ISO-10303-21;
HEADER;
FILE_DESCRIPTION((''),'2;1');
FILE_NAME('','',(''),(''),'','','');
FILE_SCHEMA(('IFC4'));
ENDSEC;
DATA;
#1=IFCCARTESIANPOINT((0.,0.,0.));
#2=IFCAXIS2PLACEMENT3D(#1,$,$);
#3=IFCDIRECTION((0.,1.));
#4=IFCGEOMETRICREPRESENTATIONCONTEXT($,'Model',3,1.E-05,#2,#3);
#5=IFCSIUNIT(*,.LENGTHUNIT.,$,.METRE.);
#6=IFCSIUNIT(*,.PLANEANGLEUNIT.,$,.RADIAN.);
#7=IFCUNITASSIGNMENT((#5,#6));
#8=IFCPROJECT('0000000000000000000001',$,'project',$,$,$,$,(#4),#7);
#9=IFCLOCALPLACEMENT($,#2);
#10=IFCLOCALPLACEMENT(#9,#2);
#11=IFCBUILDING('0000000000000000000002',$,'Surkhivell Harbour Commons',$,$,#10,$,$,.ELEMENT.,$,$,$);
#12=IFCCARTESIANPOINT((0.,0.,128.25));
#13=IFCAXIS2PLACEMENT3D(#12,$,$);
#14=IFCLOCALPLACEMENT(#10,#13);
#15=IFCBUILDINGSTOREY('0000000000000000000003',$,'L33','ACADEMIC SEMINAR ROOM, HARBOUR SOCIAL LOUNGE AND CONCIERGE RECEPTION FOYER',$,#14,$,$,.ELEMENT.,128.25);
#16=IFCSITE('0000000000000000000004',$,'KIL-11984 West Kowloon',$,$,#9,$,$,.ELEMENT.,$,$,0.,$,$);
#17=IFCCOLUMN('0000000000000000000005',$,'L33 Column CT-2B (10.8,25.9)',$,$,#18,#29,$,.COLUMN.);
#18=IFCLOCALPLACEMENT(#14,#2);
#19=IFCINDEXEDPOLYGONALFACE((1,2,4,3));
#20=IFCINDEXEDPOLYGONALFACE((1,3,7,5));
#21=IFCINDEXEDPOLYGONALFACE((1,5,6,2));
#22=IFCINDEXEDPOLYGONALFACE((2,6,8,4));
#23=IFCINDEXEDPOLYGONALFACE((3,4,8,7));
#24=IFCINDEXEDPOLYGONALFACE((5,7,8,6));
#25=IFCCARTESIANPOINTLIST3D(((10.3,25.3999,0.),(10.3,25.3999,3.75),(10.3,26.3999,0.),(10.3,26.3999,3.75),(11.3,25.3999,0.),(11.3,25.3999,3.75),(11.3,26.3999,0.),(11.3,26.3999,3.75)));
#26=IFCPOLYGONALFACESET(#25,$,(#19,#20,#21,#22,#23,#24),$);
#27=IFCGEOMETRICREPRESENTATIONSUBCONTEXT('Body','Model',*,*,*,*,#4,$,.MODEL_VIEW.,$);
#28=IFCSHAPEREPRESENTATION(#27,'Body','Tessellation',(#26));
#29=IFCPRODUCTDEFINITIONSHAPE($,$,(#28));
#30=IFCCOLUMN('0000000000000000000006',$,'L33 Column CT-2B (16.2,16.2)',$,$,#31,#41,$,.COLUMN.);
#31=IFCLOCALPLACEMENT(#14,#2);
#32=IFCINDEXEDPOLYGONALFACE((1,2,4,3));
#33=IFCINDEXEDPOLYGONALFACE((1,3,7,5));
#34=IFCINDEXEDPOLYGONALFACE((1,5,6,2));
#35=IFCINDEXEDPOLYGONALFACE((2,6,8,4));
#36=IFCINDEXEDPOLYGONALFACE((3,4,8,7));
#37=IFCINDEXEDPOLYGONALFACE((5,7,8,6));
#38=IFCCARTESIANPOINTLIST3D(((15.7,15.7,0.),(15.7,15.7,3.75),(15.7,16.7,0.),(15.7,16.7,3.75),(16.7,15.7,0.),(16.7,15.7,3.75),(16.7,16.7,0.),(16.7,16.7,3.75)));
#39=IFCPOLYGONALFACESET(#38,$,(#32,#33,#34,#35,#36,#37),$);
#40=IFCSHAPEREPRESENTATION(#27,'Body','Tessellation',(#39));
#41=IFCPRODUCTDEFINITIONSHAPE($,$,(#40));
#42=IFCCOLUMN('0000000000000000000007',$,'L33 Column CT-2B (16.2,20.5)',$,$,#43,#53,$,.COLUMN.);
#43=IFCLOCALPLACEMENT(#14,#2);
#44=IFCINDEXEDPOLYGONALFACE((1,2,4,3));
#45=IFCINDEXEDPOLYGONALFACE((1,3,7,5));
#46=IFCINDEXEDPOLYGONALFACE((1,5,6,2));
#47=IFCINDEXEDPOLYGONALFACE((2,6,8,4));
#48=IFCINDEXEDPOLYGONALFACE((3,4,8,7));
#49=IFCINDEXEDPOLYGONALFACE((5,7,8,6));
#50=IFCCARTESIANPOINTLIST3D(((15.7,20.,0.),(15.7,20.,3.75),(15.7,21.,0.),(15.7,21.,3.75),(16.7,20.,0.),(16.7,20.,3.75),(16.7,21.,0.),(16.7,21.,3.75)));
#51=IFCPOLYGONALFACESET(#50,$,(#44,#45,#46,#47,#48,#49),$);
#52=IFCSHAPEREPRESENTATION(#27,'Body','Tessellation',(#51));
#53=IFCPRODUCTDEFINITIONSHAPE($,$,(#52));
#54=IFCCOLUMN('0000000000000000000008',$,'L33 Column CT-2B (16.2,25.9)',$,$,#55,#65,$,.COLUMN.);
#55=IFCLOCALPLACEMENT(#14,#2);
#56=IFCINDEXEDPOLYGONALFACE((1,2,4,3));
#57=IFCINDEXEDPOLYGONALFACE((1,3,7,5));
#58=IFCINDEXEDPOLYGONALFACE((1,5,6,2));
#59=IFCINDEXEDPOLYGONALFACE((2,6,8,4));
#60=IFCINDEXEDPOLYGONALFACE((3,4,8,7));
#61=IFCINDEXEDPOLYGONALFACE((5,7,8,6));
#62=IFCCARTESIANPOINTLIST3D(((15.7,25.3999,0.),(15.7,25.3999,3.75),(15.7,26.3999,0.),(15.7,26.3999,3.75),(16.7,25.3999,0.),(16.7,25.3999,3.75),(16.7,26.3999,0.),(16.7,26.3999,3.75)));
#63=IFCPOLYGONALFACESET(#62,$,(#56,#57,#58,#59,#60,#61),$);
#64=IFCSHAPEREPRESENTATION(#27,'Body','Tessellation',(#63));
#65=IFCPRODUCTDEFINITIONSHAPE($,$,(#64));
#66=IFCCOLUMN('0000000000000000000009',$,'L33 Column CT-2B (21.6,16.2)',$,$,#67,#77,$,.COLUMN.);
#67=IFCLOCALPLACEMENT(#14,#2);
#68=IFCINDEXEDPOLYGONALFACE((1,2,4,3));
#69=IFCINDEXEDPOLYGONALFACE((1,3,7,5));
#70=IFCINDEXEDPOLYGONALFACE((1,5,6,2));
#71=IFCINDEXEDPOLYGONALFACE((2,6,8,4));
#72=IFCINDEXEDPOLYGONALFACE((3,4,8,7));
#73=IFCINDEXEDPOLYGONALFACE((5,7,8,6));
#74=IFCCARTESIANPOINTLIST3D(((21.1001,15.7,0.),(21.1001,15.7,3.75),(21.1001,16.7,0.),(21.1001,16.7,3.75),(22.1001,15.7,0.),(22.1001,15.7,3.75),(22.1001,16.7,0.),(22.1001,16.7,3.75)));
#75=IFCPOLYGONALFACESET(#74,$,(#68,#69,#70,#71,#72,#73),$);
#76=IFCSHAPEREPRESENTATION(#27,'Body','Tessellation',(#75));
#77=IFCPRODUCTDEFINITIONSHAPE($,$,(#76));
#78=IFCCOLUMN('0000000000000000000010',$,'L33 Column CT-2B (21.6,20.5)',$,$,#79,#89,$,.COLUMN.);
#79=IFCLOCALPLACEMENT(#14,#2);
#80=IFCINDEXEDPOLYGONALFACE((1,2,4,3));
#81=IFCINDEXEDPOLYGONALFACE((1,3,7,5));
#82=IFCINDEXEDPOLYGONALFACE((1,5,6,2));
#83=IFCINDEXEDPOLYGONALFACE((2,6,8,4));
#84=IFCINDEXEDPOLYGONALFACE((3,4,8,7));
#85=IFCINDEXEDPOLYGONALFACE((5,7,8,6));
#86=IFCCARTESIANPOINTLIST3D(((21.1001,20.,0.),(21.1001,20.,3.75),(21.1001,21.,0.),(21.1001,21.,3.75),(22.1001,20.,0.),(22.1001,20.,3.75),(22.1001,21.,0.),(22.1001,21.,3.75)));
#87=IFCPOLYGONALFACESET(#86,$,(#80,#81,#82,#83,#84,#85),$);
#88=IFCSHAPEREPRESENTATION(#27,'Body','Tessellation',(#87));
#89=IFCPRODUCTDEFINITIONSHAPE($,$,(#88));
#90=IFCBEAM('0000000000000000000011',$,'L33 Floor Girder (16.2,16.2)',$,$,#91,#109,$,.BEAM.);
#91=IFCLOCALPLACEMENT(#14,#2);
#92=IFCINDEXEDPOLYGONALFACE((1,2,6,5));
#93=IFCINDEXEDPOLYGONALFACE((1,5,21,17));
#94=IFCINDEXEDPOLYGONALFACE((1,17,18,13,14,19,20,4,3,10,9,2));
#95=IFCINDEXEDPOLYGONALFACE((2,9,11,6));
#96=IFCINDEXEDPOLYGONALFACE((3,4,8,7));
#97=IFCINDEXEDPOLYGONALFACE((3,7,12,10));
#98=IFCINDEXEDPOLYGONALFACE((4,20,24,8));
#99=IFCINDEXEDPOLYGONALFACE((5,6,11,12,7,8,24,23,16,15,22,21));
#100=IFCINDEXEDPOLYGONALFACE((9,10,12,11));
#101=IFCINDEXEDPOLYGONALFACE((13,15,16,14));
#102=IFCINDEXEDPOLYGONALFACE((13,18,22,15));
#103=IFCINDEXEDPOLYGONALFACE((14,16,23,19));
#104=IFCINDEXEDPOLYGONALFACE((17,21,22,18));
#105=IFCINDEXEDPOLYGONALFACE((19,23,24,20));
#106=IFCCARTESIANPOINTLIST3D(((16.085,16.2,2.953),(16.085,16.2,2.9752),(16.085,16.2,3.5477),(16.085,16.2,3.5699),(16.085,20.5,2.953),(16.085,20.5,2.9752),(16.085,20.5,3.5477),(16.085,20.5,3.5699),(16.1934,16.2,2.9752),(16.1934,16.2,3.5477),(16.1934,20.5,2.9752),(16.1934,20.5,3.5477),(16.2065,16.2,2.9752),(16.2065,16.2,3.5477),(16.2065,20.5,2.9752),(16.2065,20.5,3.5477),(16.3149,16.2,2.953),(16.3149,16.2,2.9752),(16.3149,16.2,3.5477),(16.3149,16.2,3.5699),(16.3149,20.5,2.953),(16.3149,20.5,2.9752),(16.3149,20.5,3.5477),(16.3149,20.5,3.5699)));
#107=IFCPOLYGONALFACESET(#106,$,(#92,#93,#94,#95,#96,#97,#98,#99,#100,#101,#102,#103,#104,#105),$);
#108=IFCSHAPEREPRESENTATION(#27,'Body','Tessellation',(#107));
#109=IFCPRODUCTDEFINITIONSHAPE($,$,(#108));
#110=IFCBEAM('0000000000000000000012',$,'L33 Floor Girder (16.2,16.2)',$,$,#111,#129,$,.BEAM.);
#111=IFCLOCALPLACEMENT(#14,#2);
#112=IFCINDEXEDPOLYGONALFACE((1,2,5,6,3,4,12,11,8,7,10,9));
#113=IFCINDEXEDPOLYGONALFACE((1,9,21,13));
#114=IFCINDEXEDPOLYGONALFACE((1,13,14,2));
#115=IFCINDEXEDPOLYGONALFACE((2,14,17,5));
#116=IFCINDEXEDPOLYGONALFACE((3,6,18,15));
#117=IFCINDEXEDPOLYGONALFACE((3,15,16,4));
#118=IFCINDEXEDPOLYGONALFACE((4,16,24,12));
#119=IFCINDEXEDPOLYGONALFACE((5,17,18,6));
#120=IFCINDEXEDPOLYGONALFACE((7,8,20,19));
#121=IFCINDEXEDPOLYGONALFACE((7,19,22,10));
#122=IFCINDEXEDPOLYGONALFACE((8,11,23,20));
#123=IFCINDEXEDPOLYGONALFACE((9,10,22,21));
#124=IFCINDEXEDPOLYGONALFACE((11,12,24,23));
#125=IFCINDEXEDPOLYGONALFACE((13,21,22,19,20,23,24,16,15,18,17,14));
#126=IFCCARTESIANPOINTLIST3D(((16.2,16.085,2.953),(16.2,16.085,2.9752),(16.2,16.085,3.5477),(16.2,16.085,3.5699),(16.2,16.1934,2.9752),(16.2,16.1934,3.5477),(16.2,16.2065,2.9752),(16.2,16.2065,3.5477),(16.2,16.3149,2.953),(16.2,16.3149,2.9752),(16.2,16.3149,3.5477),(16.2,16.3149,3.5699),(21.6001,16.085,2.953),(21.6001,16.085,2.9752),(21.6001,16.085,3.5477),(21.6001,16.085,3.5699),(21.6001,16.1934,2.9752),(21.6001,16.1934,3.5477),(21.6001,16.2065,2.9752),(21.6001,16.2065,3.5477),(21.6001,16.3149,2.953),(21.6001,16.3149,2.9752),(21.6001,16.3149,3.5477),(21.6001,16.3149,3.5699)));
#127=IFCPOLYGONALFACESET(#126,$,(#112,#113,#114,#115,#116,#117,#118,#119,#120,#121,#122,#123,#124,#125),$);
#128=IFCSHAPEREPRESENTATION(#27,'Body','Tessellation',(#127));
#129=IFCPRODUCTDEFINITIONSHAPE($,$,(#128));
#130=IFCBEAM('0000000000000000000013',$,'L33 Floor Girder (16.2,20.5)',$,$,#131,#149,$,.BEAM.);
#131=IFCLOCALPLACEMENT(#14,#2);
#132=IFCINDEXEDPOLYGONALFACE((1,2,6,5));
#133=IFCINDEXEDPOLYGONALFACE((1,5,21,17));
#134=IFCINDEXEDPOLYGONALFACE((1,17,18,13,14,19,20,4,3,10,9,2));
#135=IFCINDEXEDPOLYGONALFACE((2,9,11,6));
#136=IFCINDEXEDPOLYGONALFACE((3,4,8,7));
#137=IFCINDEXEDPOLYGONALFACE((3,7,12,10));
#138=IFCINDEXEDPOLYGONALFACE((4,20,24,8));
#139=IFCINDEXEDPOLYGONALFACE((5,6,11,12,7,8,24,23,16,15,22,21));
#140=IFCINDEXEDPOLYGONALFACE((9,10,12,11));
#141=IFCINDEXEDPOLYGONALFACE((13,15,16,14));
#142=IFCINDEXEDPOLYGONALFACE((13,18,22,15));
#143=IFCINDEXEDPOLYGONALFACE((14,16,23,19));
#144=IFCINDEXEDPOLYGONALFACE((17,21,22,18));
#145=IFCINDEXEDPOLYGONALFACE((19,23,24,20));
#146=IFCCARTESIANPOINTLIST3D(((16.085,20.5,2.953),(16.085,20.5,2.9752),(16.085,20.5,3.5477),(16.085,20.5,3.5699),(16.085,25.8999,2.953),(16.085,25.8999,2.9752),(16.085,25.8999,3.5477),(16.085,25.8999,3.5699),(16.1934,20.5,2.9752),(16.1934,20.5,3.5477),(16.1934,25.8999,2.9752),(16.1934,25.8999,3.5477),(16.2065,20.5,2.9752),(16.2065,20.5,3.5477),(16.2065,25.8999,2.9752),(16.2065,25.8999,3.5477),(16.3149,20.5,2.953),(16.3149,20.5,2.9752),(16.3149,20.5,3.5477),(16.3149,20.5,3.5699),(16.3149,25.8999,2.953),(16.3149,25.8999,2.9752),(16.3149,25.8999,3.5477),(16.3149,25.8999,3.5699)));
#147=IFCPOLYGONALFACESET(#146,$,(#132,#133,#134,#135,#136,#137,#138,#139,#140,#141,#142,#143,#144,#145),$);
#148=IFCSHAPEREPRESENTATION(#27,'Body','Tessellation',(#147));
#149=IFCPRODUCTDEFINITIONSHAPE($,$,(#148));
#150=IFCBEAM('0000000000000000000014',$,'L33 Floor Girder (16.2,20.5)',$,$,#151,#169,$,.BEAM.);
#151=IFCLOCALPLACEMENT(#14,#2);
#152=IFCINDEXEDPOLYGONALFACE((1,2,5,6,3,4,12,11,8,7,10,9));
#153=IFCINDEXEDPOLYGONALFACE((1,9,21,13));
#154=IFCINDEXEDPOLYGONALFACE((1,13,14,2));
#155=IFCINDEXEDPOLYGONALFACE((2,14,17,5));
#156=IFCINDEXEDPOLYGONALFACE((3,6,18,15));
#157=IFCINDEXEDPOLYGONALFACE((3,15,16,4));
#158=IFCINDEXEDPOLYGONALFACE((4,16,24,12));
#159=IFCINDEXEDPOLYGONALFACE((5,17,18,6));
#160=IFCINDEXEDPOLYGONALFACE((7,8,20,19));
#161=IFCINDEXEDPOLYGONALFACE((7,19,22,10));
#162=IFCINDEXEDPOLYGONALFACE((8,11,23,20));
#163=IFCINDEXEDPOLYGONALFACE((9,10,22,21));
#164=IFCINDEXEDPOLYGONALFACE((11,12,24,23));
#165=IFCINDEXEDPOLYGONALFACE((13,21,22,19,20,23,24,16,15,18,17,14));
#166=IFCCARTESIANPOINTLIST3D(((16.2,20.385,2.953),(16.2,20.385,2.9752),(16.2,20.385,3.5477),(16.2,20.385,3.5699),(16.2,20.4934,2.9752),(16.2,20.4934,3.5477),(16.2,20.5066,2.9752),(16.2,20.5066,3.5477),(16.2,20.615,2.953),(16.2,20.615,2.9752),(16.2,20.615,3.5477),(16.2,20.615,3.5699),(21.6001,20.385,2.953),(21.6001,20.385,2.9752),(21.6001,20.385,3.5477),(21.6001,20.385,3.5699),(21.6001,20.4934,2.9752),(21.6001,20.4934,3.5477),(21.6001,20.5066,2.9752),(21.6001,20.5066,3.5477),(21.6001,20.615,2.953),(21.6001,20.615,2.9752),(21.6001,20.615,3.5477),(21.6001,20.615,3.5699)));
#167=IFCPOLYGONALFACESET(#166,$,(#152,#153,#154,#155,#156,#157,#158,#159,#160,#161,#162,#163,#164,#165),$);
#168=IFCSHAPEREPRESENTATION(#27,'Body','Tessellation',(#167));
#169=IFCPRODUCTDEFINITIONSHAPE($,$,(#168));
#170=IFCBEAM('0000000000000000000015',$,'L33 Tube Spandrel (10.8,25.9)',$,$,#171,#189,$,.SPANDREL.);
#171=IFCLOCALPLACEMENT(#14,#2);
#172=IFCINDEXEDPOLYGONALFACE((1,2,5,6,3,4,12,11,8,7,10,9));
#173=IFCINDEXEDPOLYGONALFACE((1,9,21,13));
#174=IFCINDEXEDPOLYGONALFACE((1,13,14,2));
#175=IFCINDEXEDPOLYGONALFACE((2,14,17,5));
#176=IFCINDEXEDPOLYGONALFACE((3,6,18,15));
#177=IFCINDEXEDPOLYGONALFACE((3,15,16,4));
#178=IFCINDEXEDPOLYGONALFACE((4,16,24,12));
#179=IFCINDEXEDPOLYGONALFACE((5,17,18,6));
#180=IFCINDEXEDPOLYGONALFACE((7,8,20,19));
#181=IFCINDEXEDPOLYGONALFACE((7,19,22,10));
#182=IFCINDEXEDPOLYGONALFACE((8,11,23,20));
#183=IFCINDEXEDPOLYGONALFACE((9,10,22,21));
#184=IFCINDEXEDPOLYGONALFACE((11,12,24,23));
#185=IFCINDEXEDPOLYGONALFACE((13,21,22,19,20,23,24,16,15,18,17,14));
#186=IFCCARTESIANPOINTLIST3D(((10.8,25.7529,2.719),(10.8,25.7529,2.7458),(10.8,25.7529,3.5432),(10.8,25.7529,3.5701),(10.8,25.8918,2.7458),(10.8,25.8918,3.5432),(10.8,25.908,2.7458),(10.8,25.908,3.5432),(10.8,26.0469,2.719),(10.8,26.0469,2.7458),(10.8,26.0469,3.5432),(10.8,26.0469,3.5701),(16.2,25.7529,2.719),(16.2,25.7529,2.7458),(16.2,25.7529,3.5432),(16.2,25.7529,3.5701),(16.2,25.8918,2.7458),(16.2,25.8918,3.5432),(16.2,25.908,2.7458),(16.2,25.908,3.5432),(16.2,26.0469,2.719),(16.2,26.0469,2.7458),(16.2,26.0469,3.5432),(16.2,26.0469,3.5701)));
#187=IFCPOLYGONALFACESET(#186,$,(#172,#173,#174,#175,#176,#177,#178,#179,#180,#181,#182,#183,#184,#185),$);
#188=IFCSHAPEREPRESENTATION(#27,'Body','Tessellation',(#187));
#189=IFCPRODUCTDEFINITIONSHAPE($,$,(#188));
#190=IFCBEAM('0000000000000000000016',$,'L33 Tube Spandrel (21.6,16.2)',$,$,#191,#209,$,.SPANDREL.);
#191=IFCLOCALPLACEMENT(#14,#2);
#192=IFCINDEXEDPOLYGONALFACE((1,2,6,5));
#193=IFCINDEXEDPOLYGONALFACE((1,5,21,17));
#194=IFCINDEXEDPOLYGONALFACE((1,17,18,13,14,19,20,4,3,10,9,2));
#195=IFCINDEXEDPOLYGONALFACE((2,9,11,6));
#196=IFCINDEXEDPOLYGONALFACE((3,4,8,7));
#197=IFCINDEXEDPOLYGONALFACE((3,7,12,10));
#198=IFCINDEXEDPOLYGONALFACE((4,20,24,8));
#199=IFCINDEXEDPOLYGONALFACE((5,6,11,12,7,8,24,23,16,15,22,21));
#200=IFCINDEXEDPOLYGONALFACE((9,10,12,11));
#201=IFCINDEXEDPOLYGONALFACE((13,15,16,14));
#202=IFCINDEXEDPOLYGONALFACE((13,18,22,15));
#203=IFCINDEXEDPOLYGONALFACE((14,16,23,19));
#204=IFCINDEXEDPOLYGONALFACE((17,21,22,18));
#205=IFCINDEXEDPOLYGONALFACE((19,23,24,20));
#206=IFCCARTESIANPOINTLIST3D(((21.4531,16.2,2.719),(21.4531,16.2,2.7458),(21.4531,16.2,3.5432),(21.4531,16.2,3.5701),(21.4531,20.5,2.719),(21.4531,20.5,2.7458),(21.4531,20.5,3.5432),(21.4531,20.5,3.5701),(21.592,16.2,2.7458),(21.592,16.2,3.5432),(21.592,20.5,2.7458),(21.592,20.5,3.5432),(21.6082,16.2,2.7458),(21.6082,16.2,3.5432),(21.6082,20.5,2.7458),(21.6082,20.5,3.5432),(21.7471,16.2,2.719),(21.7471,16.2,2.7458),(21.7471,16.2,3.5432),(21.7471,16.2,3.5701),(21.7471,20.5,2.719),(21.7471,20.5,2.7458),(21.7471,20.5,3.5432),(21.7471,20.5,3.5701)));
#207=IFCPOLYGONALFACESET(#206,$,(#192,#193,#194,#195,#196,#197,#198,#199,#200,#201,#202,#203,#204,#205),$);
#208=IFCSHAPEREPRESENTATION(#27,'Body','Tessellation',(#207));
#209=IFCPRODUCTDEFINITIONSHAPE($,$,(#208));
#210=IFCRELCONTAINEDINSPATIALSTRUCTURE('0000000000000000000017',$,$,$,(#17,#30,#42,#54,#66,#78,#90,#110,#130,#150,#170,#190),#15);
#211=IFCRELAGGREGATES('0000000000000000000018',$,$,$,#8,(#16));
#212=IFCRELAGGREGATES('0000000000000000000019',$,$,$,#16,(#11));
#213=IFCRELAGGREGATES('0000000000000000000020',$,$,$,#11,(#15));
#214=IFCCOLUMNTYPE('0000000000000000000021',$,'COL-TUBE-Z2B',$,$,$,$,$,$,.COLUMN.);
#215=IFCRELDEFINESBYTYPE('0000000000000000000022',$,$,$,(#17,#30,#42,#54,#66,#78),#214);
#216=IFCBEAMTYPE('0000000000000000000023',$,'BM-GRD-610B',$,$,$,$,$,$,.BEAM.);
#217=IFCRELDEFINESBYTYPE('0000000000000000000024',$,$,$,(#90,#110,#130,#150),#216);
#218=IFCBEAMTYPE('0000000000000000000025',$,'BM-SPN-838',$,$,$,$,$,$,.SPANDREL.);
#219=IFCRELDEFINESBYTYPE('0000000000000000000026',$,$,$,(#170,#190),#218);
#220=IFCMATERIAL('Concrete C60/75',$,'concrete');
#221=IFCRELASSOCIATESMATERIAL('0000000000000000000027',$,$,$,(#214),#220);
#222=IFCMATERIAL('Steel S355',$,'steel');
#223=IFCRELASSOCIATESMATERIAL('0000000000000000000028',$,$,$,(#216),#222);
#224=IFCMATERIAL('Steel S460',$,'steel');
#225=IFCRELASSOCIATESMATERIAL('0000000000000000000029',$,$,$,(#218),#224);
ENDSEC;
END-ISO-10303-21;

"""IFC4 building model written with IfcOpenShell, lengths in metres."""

from ifc_helpers import new_model, si_unit, direction, frame, origin, origin_2d, place, context, subcontext, project, spatial, rectangle, i_section, extrude, material, material_profile, profile_set, type_object, element, save


model = new_model("IFC4")

# Units and contexts
model_context = context("Model", 3, precision=1e-05, world=origin(), true_north=direction((0.0, 1.0)))
body_context = subcontext(model_context, "Body", "Model", "MODEL_VIEW")
ifc_project = project(units=[si_unit("LENGTHUNIT", "METRE"), si_unit("PLANEANGLEUNIT", "RADIAN")], contexts=[model_context])

# Site, building, storey
site_placement = place(None, origin())
site = spatial("IfcSite", under=ifc_project, at=site_placement, Name="KIL-11984 West Kowloon", CompositionType="ELEMENT", RefElevation=0.0)
building_placement = place(site_placement, origin())
building = spatial("IfcBuilding", under=site, at=building_placement, Name="Surkhivell Harbour Commons", CompositionType="ELEMENT")
storey_placement = place(building_placement, frame((0.0, 0.0, 128.25)))
storey = spatial("IfcBuildingStorey", under=building, at=storey_placement, Name="L33", Description="ACADEMIC SEMINAR ROOM, HARBOUR SOCIAL LOUNGE AND CONCIERGE RECEPTION FOYER", CompositionType="ELEMENT", Elevation=128.25)

# Columns
ifc_material_1 = material(Name="Concrete C60/75", Category="concrete")
ifc_material_profile_1 = material_profile(ifc_material_1, rectangle(XDim=1.0, YDim=1.0, at=origin_2d()), Name="RC-COL-1000x1000")
ifc_profile_set_1 = profile_set([ifc_material_profile_1], Name="Concrete C60/75")
column_type = type_object("IfcColumnType", Name="COL-TUBE-Z2B", PredefinedType="COLUMN", material=ifc_profile_set_1)
for number, where, z_axis, x_axis, name in (
    (1, (10.8, 25.8999, 0.0), (0.0, 0.0, 1.0), (1.0, 0.0, 0.0), "L33 Column CT-2B (10.8,25.9)"),
    (2, (16.2, 16.2, 0.0), (0.0, 0.0, 1.0), (1.0, 0.0, 0.0), "L33 Column CT-2B (16.2,16.2)"),
    (3, (16.2, 20.5, 0.0), (0.0, 0.0, 1.0), (1.0, 0.0, 0.0), "L33 Column CT-2B (16.2,20.5)"),
    (4, (16.2, 25.8999, 0.0), (0.0, 0.0, 1.0), (1.0, 0.0, 0.0), "L33 Column CT-2B (16.2,25.9)"),
    (5, (21.6001, 16.2, 0.0), (0.0, 0.0, 1.0), (1.0, 0.0, 0.0), "L33 Column CT-2B (21.6,16.2)"),
    (6, (21.6001, 20.5, 0.0), (0.0, 0.0, 1.0), (1.0, 0.0, 0.0), "L33 Column CT-2B (21.6,20.5)"),
):
    element("IfcColumn", number, at=place(storey_placement, frame(where, z_axis=z_axis, x_axis=x_axis)), inside=storey, type_object=column_type, Name=name, PredefinedType="COLUMN", context=body_context, shape_type="SweptSolid", body=[
        extrude(rectangle(XDim=1.0, YDim=1.0, at=origin_2d()), origin(), (0.0, 0.0, 1.0), 3.75),
    ])

# Beams
ifc_material_2 = material(Name="Steel S355", Category="steel")
ifc_material_profile_2 = material_profile(ifc_material_2, i_section(OverallWidth=0.23, OverallDepth=0.6169, WebThickness=0.0132, FlangeThickness=0.0222, at=origin_2d()), Name="UB610x229x140")
ifc_profile_set_2 = profile_set([ifc_material_profile_2], Name="Steel S355")
beam_type_1 = type_object("IfcBeamType", Name="BM-GRD-610B", PredefinedType="BEAM", material=ifc_profile_set_2)
beam_1_placement = place(storey_placement, frame((16.2, 16.2, 3.2615), z_axis=(0.0, 1.0, 0.0), x_axis=(-1.0, 0.0, 0.0)))
element("IfcBeam", 7, at=beam_1_placement, inside=storey, type_object=beam_type_1, Name="L33 Floor Girder (16.2,16.2)", PredefinedType="BEAM", context=body_context, shape_type="SweptSolid", body=[
    extrude(i_section(OverallWidth=0.23, OverallDepth=0.6169, WebThickness=0.0132, FlangeThickness=0.0222, at=origin_2d()), origin(), (0.0, 0.0, 1.0), 4.3),
])
beam_2_placement = place(storey_placement, frame((16.2, 16.2, 3.2615), z_axis=(1.0, 0.0, 0.0), x_axis=(0.0, 1.0, 0.0)))
element("IfcBeam", 8, at=beam_2_placement, inside=storey, type_object=beam_type_1, Name="L33 Floor Girder (16.2,16.2)", PredefinedType="BEAM", context=body_context, shape_type="SweptSolid", body=[
    extrude(i_section(OverallWidth=0.23, OverallDepth=0.6169, WebThickness=0.0132, FlangeThickness=0.0222, at=origin_2d()), origin(), (0.0, 0.0, 1.0), 5.4001),
])
beam_3_placement = place(storey_placement, frame((16.2, 20.5, 3.2615), z_axis=(0.0, 1.0, 0.0), x_axis=(-1.0, 0.0, 0.0)))
element("IfcBeam", 9, at=beam_3_placement, inside=storey, type_object=beam_type_1, Name="L33 Floor Girder (16.2,20.5)", PredefinedType="BEAM", context=body_context, shape_type="SweptSolid", body=[
    extrude(i_section(OverallWidth=0.23, OverallDepth=0.6169, WebThickness=0.0132, FlangeThickness=0.0222, at=origin_2d()), origin(), (0.0, 0.0, 1.0), 5.3999),
])
beam_4_placement = place(storey_placement, frame((16.2, 20.5, 3.2615), z_axis=(1.0, 0.0, 0.0), x_axis=(0.0, 1.0, 0.0)))
element("IfcBeam", 10, at=beam_4_placement, inside=storey, type_object=beam_type_1, Name="L33 Floor Girder (16.2,20.5)", PredefinedType="BEAM", context=body_context, shape_type="SweptSolid", body=[
    extrude(i_section(OverallWidth=0.23, OverallDepth=0.6169, WebThickness=0.0132, FlangeThickness=0.0222, at=origin_2d()), origin(), (0.0, 0.0, 1.0), 5.4001),
])
ifc_material_3 = material(Name="Steel S460", Category="steel")
ifc_material_profile_3 = material_profile(ifc_material_3, i_section(OverallWidth=0.2939, OverallDepth=0.8511, WebThickness=0.0161, FlangeThickness=0.0269, at=origin_2d()), Name="UB838x292x226")
ifc_profile_set_3 = profile_set([ifc_material_profile_3], Name="Steel S460")
beam_type_2 = type_object("IfcBeamType", Name="BM-SPN-838", PredefinedType="SPANDREL", material=ifc_profile_set_3)
beam_5_placement = place(storey_placement, frame((10.8, 25.8999, 3.1445), z_axis=(1.0, 0.0, 0.0), x_axis=(0.0, 1.0, 0.0)))
element("IfcBeam", 11, at=beam_5_placement, inside=storey, type_object=beam_type_2, Name="L33 Tube Spandrel (10.8,25.9)", PredefinedType="SPANDREL", context=body_context, shape_type="SweptSolid", body=[
    extrude(i_section(OverallWidth=0.2939, OverallDepth=0.8511, WebThickness=0.0161, FlangeThickness=0.0269, at=origin_2d()), origin(), (0.0, 0.0, 1.0), 5.3999),
])
beam_6_placement = place(storey_placement, frame((21.6001, 16.2, 3.1445), z_axis=(0.0, 1.0, 0.0), x_axis=(-1.0, 0.0, 0.0)))
element("IfcBeam", 12, at=beam_6_placement, inside=storey, type_object=beam_type_2, Name="L33 Tube Spandrel (21.6,16.2)", PredefinedType="SPANDREL", context=body_context, shape_type="SweptSolid", body=[
    extrude(i_section(OverallWidth=0.2939, OverallDepth=0.8511, WebThickness=0.0161, FlangeThickness=0.0269, at=origin_2d()), origin(), (0.0, 0.0, 1.0), 4.3),
])

save(model, "model.ifc")
